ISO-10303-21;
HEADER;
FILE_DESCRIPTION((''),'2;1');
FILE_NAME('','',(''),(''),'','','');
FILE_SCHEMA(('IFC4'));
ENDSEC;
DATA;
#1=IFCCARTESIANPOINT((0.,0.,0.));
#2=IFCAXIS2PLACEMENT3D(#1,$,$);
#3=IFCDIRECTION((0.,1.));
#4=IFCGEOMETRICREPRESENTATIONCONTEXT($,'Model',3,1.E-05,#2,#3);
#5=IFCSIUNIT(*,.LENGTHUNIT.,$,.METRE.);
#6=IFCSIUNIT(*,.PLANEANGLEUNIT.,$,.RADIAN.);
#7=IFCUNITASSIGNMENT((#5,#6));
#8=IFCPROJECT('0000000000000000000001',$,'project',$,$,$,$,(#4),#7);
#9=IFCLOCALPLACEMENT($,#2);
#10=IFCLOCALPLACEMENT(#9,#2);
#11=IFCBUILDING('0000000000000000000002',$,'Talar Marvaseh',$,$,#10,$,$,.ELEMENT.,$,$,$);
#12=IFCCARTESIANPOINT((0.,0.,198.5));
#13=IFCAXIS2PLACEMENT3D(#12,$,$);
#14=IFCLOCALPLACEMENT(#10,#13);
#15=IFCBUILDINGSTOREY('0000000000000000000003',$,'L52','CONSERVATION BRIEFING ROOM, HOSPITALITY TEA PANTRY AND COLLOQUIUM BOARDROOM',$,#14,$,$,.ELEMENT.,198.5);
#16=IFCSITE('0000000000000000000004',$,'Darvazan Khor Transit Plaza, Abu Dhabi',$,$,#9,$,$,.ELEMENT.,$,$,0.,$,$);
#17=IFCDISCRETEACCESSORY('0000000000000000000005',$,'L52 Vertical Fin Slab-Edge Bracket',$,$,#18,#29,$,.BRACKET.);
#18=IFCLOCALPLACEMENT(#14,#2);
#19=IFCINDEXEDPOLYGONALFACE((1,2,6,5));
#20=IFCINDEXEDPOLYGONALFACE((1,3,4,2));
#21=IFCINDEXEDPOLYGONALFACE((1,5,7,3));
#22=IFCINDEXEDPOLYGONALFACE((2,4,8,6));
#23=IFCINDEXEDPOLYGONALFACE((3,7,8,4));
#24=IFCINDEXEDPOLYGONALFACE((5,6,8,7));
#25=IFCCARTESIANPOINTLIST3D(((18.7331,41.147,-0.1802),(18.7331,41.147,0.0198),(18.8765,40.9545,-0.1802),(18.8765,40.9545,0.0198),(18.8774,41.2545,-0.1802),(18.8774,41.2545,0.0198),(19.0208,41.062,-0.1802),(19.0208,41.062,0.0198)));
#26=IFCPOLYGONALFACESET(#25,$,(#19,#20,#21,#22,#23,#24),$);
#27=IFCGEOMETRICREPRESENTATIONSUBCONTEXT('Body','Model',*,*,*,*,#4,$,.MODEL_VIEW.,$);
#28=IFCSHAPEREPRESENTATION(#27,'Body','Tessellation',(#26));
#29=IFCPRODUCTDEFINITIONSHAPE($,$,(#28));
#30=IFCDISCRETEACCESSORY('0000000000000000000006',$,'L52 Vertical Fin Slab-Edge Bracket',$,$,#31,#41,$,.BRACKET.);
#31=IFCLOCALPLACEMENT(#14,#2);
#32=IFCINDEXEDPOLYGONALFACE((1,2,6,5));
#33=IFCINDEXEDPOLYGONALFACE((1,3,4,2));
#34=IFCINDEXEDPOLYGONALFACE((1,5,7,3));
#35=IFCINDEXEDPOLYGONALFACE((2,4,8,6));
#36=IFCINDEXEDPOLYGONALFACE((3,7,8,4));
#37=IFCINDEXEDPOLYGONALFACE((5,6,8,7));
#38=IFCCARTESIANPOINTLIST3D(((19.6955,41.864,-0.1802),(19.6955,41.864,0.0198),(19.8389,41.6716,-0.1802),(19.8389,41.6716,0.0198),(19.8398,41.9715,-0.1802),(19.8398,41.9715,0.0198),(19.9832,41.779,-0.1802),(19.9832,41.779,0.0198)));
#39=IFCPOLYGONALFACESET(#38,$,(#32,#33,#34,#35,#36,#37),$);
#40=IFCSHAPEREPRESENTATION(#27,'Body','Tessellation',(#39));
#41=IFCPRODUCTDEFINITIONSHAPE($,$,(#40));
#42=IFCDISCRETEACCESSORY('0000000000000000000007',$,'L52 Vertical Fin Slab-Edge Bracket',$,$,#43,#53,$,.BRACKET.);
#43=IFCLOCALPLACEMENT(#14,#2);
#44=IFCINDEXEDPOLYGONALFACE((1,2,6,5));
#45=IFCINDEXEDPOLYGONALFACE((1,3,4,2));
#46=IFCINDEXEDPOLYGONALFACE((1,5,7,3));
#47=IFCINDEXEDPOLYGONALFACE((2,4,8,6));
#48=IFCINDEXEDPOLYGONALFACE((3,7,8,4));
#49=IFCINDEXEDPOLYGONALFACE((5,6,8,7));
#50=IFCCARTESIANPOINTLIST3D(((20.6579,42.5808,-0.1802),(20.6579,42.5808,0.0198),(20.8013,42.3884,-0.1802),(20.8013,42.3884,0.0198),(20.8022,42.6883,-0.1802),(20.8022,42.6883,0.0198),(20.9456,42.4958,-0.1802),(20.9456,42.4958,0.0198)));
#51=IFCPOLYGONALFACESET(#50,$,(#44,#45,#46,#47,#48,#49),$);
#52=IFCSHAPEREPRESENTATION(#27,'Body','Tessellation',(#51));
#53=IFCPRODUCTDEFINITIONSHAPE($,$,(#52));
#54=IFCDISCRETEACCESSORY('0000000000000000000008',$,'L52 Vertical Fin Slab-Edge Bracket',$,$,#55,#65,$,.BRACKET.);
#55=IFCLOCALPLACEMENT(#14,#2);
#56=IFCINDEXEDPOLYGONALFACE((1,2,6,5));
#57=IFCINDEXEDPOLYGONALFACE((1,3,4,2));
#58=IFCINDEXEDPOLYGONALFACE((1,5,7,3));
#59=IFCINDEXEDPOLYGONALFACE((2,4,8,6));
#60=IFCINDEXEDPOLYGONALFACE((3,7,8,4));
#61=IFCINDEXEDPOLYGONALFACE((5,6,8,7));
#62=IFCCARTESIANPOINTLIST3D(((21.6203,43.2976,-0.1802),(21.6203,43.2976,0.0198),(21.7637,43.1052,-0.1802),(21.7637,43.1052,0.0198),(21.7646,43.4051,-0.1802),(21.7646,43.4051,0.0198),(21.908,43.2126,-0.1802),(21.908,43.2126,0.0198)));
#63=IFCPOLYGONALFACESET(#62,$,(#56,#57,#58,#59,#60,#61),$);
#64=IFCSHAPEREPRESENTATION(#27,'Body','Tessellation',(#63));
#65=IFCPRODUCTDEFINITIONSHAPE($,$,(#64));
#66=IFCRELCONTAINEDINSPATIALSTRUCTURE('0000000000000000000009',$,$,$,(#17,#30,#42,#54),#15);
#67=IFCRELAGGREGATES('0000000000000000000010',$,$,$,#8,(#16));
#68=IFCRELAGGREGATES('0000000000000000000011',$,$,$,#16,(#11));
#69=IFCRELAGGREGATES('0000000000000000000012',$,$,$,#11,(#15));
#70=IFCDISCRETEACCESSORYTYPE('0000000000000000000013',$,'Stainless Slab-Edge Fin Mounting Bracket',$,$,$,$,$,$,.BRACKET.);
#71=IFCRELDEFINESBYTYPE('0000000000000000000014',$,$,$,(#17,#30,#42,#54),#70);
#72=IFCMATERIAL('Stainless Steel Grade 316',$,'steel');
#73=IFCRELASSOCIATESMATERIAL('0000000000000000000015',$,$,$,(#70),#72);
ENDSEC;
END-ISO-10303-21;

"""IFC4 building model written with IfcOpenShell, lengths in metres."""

from ifc_helpers import new_model, si_unit, direction, frame, origin, origin_2d, place, context, subcontext, project, spatial, rectangle, extrude, source, transform, mapped, material, type_object, type_shapes, element, save


model = new_model("IFC4")

# Units and contexts
model_context = context("Model", 3, precision=1e-05, world=origin(), true_north=direction((0.0, 1.0)))
body_context = subcontext(model_context, "Body", "Model", "MODEL_VIEW")
ifc_project = project(units=[si_unit("LENGTHUNIT", "METRE"), si_unit("PLANEANGLEUNIT", "RADIAN")], contexts=[model_context])

# Site, building, storey
site_placement = place(None, origin())
site = spatial("IfcSite", under=ifc_project, at=site_placement, Name="Darvazan Khor Transit Plaza, Abu Dhabi", CompositionType="ELEMENT", RefElevation=0.0)
building_placement = place(site_placement, origin())
building = spatial("IfcBuilding", under=site, at=building_placement, Name="Talar Marvaseh", CompositionType="ELEMENT")
storey_placement = place(building_placement, frame((0.0, 0.0, 198.5)))
storey = spatial("IfcBuildingStorey", under=building, at=storey_placement, Name="L52", Description="CONSERVATION BRIEFING ROOM, HOSPITALITY TEA PANTRY AND COLLOQUIUM BOARDROOM", CompositionType="ELEMENT", Elevation=198.5)

# Discrete accessories
ifc_material_1 = material(Name="Stainless Steel Grade 316", Category="steel")
discrete_accessory_type = type_object("IfcDiscreteAccessoryType", Name="Stainless Slab-Edge Fin Mounting Bracket", PredefinedType="BRACKET", material=ifc_material_1)
shared_shape_1 = source(origin(), body_context, "Body", "SweptSolid", [
    extrude(rectangle(XDim=0.24, YDim=0.1799, at=origin_2d()), origin(), (0.0, 0.0, 1.0), 0.2),
])
type_shapes(discrete_accessory_type, [shared_shape_1])
for number, where, z_axis, x_axis, name in (
    (1, (18.877, 41.1045, -0.1802), (0.0, 0.0, 1.0), (-0.597345, 0.801984, 0.0), "L52 Vertical Fin Slab-Edge Bracket"),
    (2, (19.8394, 41.8215, -0.1802), (0.0, 0.0, 1.0), (-0.597345, 0.801984, 0.0), "L52 Vertical Fin Slab-Edge Bracket"),
    (3, (20.8018, 42.5383, -0.1802), (0.0, 0.0, 1.0), (-0.597345, 0.801984, 0.0), "L52 Vertical Fin Slab-Edge Bracket"),
    (4, (21.7642, 43.2551, -0.1802), (0.0, 0.0, 1.0), (-0.597345, 0.801984, 0.0), "L52 Vertical Fin Slab-Edge Bracket"),
):
    element("IfcDiscreteAccessory", number, at=place(storey_placement, frame(where, z_axis=z_axis, x_axis=x_axis)), inside=storey, type_object=discrete_accessory_type, Name=name, PredefinedType="BRACKET", context=body_context, shape_type="MappedRepresentation", body=[
        mapped(shared_shape_1, transform((0.0, 0.0, 0.0), x_axis=(1.0, 0.0, 0.0), y_axis=(0.0, 1.0, 0.0), z_axis=(0.0, 0.0, 1.0), scale=1.0)),
    ])

save(model, "model.ifc")
